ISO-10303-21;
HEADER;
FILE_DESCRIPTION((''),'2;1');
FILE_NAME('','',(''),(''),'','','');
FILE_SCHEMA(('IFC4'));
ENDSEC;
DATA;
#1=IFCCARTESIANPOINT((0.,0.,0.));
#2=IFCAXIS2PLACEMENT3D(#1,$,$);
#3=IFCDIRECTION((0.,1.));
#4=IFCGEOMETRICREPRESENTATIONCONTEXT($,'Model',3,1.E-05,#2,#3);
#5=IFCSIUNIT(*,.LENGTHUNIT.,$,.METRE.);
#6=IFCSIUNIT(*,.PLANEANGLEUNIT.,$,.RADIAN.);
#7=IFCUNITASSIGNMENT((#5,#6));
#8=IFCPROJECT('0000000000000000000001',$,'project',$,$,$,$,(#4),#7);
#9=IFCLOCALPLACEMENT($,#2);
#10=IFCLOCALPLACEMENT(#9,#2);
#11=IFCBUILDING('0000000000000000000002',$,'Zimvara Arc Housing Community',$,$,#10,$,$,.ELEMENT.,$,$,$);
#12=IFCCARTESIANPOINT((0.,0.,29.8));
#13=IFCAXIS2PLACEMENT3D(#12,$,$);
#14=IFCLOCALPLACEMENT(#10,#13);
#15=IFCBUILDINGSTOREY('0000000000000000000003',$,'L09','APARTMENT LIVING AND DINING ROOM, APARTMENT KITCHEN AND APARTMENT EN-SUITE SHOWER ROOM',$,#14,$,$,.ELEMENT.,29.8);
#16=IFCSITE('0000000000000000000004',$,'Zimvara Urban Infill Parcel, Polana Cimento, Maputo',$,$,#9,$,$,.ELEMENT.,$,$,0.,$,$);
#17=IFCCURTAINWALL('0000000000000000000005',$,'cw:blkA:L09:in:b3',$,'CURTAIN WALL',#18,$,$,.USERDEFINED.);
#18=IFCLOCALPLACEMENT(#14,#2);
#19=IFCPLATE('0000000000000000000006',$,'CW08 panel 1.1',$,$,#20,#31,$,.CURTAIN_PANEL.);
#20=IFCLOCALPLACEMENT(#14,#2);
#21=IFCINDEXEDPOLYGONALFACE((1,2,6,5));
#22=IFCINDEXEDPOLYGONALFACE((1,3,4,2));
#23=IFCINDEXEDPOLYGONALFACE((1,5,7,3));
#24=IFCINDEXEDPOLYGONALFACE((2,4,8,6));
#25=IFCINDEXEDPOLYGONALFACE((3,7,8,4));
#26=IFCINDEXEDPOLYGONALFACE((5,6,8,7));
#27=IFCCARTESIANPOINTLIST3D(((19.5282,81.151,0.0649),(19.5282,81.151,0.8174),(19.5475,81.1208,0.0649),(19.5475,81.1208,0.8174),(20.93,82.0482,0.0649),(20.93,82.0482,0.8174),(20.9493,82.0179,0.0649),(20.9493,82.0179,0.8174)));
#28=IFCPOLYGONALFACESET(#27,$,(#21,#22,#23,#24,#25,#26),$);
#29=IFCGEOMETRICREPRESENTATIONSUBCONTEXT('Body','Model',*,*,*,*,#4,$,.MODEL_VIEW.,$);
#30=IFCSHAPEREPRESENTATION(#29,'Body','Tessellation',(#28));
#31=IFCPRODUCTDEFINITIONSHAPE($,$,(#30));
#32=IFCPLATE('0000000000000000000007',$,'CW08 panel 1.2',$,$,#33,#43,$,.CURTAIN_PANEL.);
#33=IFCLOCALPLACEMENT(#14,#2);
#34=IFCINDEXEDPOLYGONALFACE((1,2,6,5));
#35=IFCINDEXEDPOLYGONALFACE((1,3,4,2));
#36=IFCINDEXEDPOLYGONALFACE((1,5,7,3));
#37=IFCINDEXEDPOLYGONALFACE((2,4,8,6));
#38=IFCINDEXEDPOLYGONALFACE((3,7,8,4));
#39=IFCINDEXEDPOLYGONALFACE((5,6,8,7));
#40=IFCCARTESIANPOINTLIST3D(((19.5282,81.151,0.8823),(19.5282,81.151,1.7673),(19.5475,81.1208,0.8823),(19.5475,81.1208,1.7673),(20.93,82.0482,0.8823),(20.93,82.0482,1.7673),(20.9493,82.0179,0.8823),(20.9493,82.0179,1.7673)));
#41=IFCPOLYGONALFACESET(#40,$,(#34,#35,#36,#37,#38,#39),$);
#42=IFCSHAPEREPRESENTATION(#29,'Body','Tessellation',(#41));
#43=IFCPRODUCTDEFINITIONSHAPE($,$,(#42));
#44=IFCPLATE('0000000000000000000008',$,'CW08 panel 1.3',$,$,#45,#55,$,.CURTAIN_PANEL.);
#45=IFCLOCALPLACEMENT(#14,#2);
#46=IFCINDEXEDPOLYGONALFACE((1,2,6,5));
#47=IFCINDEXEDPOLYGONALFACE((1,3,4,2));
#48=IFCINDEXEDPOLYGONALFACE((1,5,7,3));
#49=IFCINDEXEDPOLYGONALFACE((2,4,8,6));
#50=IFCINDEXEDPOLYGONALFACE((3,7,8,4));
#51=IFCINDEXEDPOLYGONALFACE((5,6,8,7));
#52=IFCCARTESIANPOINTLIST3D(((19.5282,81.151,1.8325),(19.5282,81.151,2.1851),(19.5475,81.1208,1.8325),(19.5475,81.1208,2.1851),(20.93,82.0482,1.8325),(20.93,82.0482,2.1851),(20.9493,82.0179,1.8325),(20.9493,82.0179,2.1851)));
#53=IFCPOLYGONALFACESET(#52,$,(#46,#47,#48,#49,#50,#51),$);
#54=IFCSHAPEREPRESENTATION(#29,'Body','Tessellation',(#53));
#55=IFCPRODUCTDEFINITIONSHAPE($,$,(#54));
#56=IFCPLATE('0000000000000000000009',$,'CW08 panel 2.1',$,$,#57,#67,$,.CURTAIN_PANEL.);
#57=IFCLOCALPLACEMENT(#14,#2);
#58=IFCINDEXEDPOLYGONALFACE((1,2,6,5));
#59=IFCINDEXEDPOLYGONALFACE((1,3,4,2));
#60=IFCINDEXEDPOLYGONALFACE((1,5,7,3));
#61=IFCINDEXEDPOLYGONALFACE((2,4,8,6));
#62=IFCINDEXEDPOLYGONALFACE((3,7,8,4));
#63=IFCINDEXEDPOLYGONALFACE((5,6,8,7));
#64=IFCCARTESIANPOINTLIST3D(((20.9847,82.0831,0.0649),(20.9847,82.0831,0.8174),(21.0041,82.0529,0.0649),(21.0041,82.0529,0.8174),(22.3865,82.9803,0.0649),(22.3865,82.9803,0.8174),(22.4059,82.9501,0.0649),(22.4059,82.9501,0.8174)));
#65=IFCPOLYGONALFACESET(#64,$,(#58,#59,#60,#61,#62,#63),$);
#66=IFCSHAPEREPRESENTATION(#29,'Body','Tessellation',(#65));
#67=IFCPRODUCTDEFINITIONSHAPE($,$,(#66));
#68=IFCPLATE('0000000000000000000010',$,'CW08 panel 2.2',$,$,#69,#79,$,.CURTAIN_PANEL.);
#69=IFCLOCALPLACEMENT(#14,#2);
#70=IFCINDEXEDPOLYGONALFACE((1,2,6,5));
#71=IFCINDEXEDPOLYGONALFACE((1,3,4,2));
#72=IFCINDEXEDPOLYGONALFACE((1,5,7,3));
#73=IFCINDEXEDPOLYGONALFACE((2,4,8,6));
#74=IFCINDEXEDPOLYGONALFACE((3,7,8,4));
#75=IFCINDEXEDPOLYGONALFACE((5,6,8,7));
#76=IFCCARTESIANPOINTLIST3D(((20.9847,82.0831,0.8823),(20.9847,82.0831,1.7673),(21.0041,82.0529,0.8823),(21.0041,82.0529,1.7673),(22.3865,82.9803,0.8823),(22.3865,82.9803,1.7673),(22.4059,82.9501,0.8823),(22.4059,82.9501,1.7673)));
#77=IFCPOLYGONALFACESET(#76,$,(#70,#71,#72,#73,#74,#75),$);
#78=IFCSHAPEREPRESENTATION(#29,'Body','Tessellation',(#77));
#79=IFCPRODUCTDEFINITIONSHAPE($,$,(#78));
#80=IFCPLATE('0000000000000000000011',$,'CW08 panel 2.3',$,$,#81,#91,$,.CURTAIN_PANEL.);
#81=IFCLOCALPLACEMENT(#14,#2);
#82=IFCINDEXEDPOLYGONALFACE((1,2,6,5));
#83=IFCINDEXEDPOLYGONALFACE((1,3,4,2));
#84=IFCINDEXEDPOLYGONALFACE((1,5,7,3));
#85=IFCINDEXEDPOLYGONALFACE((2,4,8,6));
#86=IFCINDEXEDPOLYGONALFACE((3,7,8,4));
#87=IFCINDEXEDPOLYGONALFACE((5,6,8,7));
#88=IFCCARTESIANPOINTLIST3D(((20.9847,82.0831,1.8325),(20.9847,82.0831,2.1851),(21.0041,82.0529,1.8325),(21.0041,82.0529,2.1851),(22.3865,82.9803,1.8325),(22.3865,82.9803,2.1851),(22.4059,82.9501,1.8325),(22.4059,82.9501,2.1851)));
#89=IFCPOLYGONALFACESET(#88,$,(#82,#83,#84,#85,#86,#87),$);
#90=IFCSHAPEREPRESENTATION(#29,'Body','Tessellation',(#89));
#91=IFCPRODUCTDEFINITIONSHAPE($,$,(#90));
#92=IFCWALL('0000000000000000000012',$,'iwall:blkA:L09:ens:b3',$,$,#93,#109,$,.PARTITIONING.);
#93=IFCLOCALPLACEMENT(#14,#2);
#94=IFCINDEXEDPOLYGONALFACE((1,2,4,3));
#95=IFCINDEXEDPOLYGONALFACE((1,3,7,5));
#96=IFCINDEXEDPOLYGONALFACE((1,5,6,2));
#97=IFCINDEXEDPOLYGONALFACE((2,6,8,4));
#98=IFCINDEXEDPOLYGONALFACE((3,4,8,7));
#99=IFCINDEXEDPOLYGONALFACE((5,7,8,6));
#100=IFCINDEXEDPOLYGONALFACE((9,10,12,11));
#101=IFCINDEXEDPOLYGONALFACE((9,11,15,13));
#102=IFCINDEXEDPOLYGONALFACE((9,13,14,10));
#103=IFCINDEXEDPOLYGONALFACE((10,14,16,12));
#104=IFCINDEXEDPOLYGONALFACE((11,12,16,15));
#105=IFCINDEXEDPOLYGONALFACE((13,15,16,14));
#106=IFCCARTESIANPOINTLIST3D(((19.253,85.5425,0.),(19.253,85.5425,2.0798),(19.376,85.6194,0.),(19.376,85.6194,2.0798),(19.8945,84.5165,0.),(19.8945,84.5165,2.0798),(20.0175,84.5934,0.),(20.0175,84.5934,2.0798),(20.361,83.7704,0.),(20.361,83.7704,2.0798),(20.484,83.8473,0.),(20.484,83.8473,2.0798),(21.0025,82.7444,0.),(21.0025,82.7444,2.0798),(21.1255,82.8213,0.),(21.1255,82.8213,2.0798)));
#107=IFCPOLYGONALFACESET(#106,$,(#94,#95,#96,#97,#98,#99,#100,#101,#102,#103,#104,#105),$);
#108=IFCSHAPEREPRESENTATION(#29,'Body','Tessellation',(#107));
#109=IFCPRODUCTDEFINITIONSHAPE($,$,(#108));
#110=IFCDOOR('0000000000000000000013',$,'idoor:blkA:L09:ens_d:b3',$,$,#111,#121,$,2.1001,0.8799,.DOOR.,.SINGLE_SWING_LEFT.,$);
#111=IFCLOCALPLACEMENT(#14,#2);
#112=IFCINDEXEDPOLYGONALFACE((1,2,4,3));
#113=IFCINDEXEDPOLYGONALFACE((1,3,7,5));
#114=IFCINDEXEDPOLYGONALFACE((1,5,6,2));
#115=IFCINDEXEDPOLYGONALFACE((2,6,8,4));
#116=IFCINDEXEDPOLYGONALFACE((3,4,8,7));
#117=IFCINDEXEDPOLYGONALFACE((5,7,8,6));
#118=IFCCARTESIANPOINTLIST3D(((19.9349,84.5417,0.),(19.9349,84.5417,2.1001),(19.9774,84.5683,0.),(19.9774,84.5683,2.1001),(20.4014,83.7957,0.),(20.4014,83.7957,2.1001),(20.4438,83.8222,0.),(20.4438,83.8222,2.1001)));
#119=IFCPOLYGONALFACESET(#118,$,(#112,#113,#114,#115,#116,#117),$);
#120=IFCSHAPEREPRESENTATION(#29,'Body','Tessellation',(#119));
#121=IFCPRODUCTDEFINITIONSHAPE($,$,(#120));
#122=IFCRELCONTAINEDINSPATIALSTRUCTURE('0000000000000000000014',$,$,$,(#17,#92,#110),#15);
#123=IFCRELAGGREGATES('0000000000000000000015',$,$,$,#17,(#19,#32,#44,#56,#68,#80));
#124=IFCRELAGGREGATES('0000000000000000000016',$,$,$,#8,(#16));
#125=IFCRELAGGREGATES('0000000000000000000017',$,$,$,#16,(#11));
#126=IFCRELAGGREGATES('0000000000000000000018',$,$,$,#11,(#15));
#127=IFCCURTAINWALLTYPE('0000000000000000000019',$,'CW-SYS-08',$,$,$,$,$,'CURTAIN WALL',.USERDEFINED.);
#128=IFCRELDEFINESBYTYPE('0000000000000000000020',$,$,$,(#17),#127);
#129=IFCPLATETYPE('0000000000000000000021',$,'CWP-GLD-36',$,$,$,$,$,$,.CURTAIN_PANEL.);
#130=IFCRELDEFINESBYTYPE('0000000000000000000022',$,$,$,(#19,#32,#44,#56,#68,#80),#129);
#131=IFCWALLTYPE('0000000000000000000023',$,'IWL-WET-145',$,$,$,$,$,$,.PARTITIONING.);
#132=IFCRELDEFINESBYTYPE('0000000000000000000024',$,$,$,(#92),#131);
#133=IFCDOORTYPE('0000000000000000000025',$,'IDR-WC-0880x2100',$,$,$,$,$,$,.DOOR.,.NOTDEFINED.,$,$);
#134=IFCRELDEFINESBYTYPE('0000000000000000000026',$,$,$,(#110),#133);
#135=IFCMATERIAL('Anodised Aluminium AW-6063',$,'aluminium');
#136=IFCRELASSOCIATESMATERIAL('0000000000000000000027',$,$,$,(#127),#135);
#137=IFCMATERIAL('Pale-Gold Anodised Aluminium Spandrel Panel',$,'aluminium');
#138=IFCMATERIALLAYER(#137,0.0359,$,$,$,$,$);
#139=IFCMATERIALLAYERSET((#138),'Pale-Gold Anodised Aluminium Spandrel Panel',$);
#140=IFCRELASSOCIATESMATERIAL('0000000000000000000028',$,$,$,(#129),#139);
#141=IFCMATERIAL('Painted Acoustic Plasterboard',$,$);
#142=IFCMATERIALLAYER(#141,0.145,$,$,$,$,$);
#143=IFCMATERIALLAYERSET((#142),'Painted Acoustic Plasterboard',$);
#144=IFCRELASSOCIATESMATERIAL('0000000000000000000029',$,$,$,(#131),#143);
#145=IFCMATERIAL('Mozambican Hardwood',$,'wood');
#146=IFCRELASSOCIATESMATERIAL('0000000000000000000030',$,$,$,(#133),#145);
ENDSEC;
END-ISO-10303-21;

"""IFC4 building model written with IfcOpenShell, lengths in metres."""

from ifc_helpers import new_model, si_unit, direction, frame, frame_2d, origin, origin_2d, place, context, subcontext, project, spatial, rectangle, extrude, material, layer, layer_set, type_object, element, fill, aggregate, save


model = new_model("IFC4")

# Units and contexts
model_context = context("Model", 3, precision=1e-05, world=origin(), true_north=direction((0.0, 1.0)))
body_context = subcontext(model_context, "Body", "Model", "MODEL_VIEW")
ifc_project = project(units=[si_unit("LENGTHUNIT", "METRE"), si_unit("PLANEANGLEUNIT", "RADIAN")], contexts=[model_context])

# Site, building, storey
site_placement = place(None, origin())
site = spatial("IfcSite", under=ifc_project, at=site_placement, Name="Zimvara Urban Infill Parcel, Polana Cimento, Maputo", CompositionType="ELEMENT", RefElevation=0.0)
building_placement = place(site_placement, origin())
building = spatial("IfcBuilding", under=site, at=building_placement, Name="Zimvara Arc Housing Community", CompositionType="ELEMENT")
storey_placement = place(building_placement, frame((0.0, 0.0, 29.8)))
storey = spatial("IfcBuildingStorey", under=building, at=storey_placement, Name="L09", Description="APARTMENT LIVING AND DINING ROOM, APARTMENT KITCHEN AND APARTMENT EN-SUITE SHOWER ROOM", CompositionType="ELEMENT", Elevation=29.8)

# Curtain wall, plates
ifc_material_1 = material(Name="Anodised Aluminium AW-6063", Category="aluminium")
curtain_wall_type = type_object("IfcCurtainWallType", Name="CW-SYS-08", ElementType="CURTAIN WALL", PredefinedType="USERDEFINED", material=ifc_material_1)
curtain_wall_placement = place(storey_placement, origin())
curtain_wall = element("IfcCurtainWall", 1, at=curtain_wall_placement, inside=storey, type_object=curtain_wall_type, Name="cw:blkA:L09:in:b3", ObjectType="CURTAIN WALL", PredefinedType="USERDEFINED")
ifc_material_2 = material(Name="Pale-Gold Anodised Aluminium Spandrel Panel", Category="aluminium")
ifc_layer_1 = layer(ifc_material_2, 0.0359)
ifc_layer_set_1 = layer_set([ifc_layer_1], Name="Pale-Gold Anodised Aluminium Spandrel Panel")
plate_type = type_object("IfcPlateType", Name="CWP-GLD-36", PredefinedType="CURTAIN_PANEL", material=ifc_layer_set_1)
plate_1_placement = place(storey_placement, frame((20.2388, 81.5845, 0.0649), z_axis=(0.0, 0.0, 1.0), x_axis=(0.842265, 0.539064, 0.0)))
plate_1 = element("IfcPlate", 2, at=plate_1_placement, type_object=plate_type, Name="CW08 panel 1.1", PredefinedType="CURTAIN_PANEL", context=body_context, shape_type="SweptSolid", body=[
    extrude(rectangle(XDim=1.6643, YDim=0.0359, at=origin_2d()), origin(), (0.0, 0.0, 1.0), 0.7524),
])
plate_2_placement = place(storey_placement, frame((20.2388, 81.5845, 0.8823), z_axis=(0.0, 0.0, 1.0), x_axis=(0.842265, 0.539064, 0.0)))
plate_2 = element("IfcPlate", 3, at=plate_2_placement, type_object=plate_type, Name="CW08 panel 1.2", PredefinedType="CURTAIN_PANEL", context=body_context, shape_type="SweptSolid", body=[
    extrude(rectangle(XDim=1.6643, YDim=0.0359, at=origin_2d()), origin(), (0.0, 0.0, 1.0), 0.885),
])
plate_3_placement = place(storey_placement, frame((20.2388, 81.5845, 1.8325), z_axis=(0.0, 0.0, 1.0), x_axis=(0.842265, 0.539064, 0.0)))
plate_3 = element("IfcPlate", 4, at=plate_3_placement, type_object=plate_type, Name="CW08 panel 1.3", PredefinedType="CURTAIN_PANEL", context=body_context, shape_type="SweptSolid", body=[
    extrude(rectangle(XDim=1.6643, YDim=0.0359, at=origin_2d()), origin(), (0.0, 0.0, 1.0), 0.3525),
])
plate_4_placement = place(storey_placement, frame((21.6953, 82.5166, 0.0649), z_axis=(0.0, 0.0, 1.0), x_axis=(0.842265, 0.539064, 0.0)))
plate_4 = element("IfcPlate", 5, at=plate_4_placement, type_object=plate_type, Name="CW08 panel 2.1", PredefinedType="CURTAIN_PANEL", context=body_context, shape_type="SweptSolid", body=[
    extrude(rectangle(XDim=1.6643, YDim=0.0359, at=origin_2d()), origin(), (0.0, 0.0, 1.0), 0.7524),
])
plate_5_placement = place(storey_placement, frame((21.6953, 82.5166, 0.8823), z_axis=(0.0, 0.0, 1.0), x_axis=(0.842265, 0.539064, 0.0)))
plate_5 = element("IfcPlate", 6, at=plate_5_placement, type_object=plate_type, Name="CW08 panel 2.2", PredefinedType="CURTAIN_PANEL", context=body_context, shape_type="SweptSolid", body=[
    extrude(rectangle(XDim=1.6643, YDim=0.0359, at=origin_2d()), origin(), (0.0, 0.0, 1.0), 0.885),
])
plate_6_placement = place(storey_placement, frame((21.6953, 82.5166, 1.8325), z_axis=(0.0, 0.0, 1.0), x_axis=(0.842265, 0.539064, 0.0)))
plate_6 = element("IfcPlate", 7, at=plate_6_placement, type_object=plate_type, Name="CW08 panel 2.3", PredefinedType="CURTAIN_PANEL", context=body_context, shape_type="SweptSolid", body=[
    extrude(rectangle(XDim=1.6643, YDim=0.0359, at=origin_2d()), origin(), (0.0, 0.0, 1.0), 0.3525),
])
aggregate(curtain_wall, [plate_1, plate_2, plate_3, plate_4, plate_5, plate_6])

# Wall, opening, door
ifc_material_3 = material(Name="Painted Acoustic Plasterboard")
ifc_layer_2 = layer(ifc_material_3, 0.145)
ifc_layer_set_2 = layer_set([ifc_layer_2], Name="Painted Acoustic Plasterboard")
wall_type = type_object("IfcWallType", Name="IWL-WET-145", PredefinedType="PARTITIONING", material=ifc_layer_set_2)
wall_placement = place(storey_placement, frame((21.064, 82.783, 0.0), z_axis=(0.0, 0.0, 1.0), x_axis=(-0.530152, 0.847903, 0.0)))
wall = element("IfcWall", 8, at=wall_placement, inside=storey, type_object=wall_type, Name="iwall:blkA:L09:ens:b3", PredefinedType="PARTITIONING", context=body_context, shape_type="SweptSolid", body=[
    extrude(rectangle(XDim=3.3, YDim=0.145, at=frame_2d((1.6499, 0.0))), origin(), (0.0, 0.0, 1.0), 2.0798),
])
opening_placement = place(wall_placement, frame((1.21, 0.0, 0.0)))
opening = element("IfcOpeningElement", 9, at=opening_placement, cuts=wall, PredefinedType="OPENING", context=body_context, shape_type="SweptSolid", body=[
    extrude(rectangle(XDim=0.8799, YDim=2.1001, at=frame_2d((0.4399, 1.05))), frame((0.0, 0.0825, 0.0), z_axis=(0.0, -1.0, 0.0), x_axis=(1.0, 0.0, 0.0)), (0.0, 0.0, 1.0), 0.165),
])
ifc_material_4 = material(Name="Mozambican Hardwood", Category="wood")
door_type = type_object("IfcDoorType", Name="IDR-WC-0880x2100", OperationType="NOTDEFINED", PredefinedType="DOOR", material=ifc_material_4)
door_placement = place(opening_placement, origin())
door = element("IfcDoor", 10, at=door_placement, inside=storey, type_object=door_type, Name="idoor:blkA:L09:ens_d:b3", OperationType="SINGLE_SWING_LEFT", OverallHeight=2.1001, OverallWidth=0.8799, PredefinedType="DOOR", context=body_context, shape_type="SweptSolid", body=[
    extrude(rectangle(XDim=0.8799, YDim=2.1001, at=frame_2d((0.4399, 1.05))), frame((0.0, 0.0249, 0.0), z_axis=(0.0, -1.0, 0.0), x_axis=(1.0, 0.0, 0.0)), (0.0, 0.0, 1.0), 0.05),
])
fill(opening, door)

save(model, "model.ifc")
